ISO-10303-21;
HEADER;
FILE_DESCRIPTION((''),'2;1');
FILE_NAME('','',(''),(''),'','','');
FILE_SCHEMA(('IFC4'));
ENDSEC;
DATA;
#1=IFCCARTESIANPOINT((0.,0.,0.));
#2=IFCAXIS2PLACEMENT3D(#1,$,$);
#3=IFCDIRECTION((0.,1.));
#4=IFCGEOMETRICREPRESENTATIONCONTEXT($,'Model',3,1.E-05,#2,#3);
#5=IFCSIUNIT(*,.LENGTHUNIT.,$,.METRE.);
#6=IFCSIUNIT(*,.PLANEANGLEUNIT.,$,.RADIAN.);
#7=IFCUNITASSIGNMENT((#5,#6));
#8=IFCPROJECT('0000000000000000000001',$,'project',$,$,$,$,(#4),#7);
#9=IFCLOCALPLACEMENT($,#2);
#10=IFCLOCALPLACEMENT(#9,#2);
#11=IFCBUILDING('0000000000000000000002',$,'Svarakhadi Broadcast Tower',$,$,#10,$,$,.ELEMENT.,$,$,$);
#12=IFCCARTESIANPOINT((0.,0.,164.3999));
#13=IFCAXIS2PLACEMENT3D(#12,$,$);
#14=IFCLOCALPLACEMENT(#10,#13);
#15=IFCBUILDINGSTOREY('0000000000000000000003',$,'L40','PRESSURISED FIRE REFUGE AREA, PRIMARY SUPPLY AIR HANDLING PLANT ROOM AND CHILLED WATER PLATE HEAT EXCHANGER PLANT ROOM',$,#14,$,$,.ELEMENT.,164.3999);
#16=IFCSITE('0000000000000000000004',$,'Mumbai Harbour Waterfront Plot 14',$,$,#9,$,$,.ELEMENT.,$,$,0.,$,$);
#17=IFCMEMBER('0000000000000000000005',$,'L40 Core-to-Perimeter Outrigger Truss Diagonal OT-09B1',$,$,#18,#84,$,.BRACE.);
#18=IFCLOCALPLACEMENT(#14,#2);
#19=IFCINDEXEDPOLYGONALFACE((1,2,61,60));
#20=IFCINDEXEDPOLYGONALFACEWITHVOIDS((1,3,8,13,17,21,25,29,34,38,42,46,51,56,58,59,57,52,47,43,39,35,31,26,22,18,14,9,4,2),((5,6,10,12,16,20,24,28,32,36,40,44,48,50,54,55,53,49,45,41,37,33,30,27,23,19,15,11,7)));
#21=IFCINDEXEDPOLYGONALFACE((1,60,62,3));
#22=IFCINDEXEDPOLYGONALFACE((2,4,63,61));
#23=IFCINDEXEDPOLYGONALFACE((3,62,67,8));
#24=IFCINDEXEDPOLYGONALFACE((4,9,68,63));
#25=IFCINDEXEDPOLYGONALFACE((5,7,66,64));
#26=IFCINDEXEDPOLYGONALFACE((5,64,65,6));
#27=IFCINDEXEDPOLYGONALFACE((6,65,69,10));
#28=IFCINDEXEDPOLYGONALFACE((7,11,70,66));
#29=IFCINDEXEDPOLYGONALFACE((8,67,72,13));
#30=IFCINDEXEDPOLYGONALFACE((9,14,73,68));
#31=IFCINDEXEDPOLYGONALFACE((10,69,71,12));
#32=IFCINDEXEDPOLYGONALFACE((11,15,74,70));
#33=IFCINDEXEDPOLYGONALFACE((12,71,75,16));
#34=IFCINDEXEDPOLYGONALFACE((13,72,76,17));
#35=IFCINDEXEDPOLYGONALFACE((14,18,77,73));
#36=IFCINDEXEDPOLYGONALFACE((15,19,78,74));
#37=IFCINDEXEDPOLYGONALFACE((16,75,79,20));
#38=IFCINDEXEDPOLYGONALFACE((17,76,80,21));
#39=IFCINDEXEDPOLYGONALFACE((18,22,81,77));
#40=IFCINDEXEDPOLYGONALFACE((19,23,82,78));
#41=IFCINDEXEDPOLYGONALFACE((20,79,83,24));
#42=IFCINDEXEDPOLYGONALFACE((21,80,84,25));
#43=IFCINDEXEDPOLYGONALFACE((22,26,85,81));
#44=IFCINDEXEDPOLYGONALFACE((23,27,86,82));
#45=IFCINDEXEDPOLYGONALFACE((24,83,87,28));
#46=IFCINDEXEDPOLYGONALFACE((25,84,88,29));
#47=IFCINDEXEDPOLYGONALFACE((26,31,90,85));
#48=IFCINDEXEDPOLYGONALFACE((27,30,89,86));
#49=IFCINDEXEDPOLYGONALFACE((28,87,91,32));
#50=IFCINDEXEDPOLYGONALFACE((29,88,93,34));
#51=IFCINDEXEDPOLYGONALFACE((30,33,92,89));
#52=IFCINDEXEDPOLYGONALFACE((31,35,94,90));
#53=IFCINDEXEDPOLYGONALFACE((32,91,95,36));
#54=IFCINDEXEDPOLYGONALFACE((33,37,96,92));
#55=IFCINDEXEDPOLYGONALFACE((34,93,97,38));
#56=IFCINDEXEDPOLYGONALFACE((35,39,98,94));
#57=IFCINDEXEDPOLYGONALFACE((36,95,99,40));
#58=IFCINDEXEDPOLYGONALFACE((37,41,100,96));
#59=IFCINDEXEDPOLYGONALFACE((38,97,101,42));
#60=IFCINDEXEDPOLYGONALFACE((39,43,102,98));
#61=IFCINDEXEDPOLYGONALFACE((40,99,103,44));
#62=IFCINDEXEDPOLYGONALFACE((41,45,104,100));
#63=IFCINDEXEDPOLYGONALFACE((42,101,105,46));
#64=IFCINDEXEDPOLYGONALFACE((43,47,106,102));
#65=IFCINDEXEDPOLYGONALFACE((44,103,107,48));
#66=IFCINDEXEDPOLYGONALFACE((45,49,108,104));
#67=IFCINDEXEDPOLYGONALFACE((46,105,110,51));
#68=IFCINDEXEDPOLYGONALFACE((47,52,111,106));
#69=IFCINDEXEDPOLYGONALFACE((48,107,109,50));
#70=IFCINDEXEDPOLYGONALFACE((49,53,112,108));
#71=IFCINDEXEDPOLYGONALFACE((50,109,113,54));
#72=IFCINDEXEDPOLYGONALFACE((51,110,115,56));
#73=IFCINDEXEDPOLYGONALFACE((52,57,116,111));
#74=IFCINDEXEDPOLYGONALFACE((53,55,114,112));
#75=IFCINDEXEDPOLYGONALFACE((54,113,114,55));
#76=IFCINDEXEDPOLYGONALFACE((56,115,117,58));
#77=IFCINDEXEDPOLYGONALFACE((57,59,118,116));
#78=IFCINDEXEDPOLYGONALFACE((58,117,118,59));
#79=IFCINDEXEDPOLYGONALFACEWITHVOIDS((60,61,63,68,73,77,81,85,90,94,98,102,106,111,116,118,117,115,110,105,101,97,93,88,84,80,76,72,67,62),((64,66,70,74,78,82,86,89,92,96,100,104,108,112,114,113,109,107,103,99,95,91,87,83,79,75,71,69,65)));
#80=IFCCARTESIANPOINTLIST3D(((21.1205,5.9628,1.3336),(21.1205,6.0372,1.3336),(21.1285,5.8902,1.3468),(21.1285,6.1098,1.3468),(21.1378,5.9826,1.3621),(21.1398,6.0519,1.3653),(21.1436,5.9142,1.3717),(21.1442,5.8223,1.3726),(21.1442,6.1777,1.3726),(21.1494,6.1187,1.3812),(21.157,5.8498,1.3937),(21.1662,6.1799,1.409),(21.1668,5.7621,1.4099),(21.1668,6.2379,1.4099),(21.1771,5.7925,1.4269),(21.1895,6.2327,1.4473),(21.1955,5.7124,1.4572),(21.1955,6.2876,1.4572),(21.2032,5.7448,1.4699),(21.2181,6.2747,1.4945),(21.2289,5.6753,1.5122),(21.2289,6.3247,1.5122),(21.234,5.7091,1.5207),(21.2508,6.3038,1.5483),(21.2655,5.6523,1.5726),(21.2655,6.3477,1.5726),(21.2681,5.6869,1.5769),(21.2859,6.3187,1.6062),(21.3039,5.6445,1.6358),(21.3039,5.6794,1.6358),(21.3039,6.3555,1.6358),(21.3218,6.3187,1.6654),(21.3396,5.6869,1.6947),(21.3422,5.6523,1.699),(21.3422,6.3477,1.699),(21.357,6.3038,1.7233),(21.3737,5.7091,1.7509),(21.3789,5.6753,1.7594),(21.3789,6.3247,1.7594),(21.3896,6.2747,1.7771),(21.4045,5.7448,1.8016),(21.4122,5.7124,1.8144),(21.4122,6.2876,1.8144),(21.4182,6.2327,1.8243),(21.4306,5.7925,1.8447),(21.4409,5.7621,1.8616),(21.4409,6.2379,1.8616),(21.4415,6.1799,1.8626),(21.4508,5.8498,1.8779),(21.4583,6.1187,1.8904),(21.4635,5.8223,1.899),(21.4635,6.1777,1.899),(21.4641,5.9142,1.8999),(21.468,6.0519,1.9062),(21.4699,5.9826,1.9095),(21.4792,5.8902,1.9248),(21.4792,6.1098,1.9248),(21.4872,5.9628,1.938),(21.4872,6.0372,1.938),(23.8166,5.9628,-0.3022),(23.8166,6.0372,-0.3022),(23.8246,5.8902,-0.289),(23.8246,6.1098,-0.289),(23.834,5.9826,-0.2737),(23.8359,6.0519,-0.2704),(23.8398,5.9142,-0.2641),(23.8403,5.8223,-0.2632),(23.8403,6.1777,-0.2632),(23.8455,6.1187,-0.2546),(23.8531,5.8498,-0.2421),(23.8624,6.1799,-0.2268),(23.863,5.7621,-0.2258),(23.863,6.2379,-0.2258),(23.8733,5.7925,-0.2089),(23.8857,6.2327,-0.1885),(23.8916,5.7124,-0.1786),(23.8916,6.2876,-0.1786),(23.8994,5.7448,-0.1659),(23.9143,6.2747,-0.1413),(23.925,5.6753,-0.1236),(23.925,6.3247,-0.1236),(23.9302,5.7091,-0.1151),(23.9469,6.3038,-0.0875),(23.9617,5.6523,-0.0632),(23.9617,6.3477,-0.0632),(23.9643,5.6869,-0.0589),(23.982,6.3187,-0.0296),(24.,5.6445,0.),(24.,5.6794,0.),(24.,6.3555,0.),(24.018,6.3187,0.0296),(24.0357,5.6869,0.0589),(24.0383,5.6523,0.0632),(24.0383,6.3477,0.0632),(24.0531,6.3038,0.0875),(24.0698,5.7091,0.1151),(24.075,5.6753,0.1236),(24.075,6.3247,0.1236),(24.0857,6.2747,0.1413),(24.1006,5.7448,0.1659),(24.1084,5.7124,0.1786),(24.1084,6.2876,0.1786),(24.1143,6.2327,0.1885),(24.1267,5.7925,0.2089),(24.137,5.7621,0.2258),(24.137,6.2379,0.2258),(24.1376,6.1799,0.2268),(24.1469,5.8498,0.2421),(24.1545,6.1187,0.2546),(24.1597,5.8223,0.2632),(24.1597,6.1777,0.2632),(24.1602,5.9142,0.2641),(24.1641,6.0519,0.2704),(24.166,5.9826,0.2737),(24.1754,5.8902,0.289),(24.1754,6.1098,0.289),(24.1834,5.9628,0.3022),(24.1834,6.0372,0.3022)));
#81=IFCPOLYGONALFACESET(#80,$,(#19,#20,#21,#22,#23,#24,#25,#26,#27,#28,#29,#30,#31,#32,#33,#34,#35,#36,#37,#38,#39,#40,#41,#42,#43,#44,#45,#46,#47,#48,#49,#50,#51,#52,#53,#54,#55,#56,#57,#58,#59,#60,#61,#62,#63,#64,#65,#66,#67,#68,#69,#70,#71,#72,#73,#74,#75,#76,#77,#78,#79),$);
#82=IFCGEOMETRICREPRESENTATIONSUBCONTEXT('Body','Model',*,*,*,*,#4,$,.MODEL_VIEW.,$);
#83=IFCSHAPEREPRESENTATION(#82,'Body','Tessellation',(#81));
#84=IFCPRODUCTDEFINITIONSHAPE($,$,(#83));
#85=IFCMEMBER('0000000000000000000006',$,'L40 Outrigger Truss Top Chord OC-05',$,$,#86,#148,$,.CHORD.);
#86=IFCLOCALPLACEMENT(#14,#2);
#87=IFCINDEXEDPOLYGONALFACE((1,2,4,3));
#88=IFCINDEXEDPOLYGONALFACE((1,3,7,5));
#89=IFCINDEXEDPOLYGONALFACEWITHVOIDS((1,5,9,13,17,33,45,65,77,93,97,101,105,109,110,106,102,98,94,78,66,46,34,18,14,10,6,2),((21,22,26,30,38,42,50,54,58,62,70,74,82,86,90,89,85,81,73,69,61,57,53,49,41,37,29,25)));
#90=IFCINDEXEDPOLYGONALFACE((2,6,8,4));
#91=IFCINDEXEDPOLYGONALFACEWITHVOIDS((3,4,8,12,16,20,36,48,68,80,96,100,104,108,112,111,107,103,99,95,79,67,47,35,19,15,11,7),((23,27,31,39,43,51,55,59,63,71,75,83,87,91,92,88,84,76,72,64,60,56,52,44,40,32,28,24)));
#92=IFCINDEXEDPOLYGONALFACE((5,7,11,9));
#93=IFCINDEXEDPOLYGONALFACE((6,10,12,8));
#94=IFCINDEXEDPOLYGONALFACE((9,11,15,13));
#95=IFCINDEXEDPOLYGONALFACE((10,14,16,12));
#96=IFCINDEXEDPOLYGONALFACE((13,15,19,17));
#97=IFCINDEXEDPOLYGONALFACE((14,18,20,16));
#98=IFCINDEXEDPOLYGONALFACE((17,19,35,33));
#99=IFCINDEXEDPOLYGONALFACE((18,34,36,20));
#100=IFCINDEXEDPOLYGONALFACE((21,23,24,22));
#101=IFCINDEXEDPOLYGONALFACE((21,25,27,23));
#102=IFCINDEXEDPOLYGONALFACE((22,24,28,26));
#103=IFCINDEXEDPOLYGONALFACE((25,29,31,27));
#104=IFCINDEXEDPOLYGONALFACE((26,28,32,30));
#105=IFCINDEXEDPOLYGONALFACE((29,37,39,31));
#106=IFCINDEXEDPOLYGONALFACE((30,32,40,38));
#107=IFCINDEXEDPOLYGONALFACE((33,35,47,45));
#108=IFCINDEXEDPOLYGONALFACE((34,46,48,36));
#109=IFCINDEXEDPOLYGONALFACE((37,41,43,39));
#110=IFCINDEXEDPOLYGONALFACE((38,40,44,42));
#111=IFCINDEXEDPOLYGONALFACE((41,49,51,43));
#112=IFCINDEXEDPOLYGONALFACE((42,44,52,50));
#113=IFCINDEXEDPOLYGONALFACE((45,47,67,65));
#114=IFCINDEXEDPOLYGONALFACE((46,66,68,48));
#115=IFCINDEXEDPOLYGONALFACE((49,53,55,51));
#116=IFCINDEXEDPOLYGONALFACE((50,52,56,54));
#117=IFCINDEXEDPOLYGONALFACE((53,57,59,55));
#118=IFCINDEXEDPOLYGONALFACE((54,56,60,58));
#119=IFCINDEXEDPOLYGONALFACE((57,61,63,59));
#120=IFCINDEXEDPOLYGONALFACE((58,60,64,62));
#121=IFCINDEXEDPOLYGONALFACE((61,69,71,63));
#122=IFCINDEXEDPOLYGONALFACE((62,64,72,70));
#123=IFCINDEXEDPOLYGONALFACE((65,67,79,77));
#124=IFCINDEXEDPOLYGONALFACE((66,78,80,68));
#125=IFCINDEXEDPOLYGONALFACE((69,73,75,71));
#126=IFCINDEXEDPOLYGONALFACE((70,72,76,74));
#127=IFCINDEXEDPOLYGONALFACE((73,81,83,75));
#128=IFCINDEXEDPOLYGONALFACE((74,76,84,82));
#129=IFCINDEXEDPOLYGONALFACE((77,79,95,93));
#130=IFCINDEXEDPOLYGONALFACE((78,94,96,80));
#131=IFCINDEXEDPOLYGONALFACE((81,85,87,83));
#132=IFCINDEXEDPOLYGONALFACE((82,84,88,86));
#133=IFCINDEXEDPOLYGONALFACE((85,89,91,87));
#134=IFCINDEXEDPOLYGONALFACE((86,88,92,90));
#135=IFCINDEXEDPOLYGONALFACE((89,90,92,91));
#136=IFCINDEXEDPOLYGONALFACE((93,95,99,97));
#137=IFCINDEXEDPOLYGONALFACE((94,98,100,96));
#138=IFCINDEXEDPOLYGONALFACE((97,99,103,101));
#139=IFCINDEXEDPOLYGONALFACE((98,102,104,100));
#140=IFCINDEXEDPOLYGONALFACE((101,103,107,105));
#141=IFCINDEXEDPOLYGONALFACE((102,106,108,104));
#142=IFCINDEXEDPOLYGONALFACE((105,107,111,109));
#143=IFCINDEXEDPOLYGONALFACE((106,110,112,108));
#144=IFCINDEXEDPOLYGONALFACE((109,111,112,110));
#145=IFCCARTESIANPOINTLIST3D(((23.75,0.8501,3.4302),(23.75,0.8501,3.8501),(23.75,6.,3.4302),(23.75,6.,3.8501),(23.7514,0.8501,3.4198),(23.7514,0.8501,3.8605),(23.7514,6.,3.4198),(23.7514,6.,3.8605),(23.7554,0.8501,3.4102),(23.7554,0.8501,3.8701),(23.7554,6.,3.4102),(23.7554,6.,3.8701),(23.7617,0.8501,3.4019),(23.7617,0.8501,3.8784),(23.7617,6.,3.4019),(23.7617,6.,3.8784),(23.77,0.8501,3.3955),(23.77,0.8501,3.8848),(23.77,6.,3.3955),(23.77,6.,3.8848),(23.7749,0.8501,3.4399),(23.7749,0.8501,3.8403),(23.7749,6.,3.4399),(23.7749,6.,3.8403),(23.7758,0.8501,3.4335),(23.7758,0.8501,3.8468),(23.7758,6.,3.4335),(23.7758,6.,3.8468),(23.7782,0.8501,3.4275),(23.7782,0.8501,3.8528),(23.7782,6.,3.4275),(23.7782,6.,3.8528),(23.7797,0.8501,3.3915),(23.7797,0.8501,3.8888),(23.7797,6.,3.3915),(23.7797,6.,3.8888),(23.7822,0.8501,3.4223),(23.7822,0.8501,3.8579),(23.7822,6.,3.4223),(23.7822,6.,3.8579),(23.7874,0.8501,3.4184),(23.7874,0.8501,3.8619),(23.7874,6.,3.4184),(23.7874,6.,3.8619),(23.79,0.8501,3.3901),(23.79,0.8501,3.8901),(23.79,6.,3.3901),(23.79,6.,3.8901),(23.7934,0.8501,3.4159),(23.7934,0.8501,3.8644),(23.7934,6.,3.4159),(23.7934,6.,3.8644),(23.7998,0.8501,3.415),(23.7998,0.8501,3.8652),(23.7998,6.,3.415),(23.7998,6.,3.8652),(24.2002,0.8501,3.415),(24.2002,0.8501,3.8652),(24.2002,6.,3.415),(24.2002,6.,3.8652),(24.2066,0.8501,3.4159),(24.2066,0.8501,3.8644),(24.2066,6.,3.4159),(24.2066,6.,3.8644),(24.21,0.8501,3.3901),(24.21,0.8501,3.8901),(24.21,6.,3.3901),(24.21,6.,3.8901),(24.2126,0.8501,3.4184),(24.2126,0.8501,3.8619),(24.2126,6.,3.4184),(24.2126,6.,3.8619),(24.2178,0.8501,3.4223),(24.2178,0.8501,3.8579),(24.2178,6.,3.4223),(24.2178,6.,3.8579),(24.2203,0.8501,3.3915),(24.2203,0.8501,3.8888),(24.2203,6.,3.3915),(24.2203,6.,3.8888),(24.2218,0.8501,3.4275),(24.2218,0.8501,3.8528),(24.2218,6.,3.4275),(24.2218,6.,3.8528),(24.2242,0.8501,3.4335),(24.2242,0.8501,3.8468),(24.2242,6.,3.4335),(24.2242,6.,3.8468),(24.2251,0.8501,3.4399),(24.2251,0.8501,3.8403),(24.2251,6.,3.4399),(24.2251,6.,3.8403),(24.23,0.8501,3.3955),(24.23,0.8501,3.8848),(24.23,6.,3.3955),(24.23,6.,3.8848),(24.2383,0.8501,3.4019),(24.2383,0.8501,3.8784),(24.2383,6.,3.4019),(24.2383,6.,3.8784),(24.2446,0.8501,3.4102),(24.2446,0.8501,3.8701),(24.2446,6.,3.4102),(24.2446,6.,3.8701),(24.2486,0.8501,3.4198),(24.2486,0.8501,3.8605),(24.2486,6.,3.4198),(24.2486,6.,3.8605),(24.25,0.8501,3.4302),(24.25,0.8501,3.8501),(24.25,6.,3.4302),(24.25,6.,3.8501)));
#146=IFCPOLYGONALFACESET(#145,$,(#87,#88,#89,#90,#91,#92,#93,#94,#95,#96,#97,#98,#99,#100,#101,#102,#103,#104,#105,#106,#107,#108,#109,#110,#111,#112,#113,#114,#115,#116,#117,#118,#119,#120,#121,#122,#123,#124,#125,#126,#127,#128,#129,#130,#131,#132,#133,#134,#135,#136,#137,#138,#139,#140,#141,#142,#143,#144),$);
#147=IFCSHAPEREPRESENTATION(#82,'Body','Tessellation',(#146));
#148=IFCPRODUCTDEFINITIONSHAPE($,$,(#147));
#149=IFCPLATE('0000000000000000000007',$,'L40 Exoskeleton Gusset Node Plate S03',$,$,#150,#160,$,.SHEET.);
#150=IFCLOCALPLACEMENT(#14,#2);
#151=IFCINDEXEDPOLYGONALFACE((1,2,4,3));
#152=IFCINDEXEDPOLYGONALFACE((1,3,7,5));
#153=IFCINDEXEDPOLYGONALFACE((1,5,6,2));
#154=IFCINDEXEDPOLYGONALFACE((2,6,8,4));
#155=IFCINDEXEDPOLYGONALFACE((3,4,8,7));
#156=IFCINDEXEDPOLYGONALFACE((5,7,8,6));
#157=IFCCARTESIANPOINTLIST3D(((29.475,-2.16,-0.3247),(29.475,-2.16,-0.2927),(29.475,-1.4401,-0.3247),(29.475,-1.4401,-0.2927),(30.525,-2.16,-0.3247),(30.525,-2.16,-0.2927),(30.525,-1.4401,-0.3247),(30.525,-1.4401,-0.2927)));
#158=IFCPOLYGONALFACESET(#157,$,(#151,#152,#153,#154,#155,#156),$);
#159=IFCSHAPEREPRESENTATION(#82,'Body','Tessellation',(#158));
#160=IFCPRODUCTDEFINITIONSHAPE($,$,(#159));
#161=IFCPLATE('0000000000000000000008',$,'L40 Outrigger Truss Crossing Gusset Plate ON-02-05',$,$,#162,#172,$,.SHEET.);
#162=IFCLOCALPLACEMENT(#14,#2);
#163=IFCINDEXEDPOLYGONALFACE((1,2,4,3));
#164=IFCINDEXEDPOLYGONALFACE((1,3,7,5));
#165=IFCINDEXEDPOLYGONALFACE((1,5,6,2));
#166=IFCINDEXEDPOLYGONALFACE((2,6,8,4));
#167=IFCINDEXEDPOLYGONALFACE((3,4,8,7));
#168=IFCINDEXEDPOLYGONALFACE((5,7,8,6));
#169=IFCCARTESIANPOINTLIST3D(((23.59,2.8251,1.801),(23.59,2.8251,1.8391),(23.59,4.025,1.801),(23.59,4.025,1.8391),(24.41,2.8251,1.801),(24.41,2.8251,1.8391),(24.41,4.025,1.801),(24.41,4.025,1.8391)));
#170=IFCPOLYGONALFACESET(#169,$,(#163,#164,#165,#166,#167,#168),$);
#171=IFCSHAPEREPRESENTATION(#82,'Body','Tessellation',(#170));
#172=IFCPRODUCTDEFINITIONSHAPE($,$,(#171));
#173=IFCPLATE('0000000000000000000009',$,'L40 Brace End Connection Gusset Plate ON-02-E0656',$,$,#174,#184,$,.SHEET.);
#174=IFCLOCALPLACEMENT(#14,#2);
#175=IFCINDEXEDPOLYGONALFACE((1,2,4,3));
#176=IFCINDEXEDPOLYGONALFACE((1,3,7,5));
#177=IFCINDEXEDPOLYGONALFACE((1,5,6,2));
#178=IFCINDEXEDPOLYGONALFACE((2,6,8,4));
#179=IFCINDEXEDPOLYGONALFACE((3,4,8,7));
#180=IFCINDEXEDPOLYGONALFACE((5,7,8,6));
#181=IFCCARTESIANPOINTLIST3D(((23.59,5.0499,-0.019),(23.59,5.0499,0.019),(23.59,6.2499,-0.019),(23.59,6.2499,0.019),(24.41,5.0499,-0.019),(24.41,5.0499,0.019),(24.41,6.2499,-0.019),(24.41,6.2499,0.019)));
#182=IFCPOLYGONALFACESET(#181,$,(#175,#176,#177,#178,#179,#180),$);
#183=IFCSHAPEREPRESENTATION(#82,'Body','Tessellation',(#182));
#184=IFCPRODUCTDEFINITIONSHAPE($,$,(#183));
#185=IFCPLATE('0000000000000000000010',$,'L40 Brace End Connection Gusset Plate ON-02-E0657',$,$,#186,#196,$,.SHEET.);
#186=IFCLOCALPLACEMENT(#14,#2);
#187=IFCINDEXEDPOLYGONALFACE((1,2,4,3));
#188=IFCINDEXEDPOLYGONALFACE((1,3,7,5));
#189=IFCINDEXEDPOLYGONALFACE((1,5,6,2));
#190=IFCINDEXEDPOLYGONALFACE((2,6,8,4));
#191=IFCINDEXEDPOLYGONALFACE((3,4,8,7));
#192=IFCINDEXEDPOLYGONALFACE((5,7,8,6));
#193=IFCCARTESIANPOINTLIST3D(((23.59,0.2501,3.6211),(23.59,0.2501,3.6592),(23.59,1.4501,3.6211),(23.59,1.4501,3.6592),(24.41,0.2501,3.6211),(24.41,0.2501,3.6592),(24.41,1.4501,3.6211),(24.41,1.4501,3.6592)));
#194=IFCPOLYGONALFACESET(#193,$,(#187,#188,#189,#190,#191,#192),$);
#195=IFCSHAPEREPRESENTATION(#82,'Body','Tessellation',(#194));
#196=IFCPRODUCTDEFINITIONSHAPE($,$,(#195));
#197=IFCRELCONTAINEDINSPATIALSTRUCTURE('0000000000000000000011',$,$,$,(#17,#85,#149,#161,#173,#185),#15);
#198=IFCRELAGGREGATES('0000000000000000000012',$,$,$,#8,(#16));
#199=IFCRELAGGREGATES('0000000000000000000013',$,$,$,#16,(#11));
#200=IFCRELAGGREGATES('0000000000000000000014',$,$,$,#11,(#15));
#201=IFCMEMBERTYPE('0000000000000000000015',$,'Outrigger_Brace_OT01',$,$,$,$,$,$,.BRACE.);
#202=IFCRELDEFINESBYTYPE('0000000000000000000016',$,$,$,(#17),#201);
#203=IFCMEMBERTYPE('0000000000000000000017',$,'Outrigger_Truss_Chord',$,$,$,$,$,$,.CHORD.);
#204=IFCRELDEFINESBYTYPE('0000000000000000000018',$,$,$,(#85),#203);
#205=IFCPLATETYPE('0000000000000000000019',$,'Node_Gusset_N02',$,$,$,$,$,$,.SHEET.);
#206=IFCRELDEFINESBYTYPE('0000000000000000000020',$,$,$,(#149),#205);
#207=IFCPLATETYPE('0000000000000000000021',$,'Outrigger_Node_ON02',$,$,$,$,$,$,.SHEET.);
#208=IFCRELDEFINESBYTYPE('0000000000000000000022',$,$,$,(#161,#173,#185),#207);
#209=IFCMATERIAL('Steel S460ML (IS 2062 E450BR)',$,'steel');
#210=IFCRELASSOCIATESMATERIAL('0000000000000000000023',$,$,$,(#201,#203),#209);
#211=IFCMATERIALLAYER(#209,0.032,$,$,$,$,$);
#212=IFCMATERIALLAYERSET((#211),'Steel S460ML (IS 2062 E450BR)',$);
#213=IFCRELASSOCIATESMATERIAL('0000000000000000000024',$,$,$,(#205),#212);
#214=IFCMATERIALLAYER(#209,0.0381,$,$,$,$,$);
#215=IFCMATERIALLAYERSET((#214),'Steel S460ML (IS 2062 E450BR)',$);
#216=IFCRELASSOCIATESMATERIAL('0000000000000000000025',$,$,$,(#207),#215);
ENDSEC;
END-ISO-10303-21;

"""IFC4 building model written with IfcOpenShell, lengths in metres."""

from ifc_helpers import new_model, si_unit, direction, frame, origin, origin_2d, place, context, subcontext, project, spatial, rectangle, hollow_rectangle, hollow_circle, extrude, material, layer, layer_set, material_profile, profile_set, type_object, element, save


model = new_model("IFC4")

# Units and contexts
model_context = context("Model", 3, precision=1e-05, world=origin(), true_north=direction((0.0, 1.0)))
body_context = subcontext(model_context, "Body", "Model", "MODEL_VIEW")
ifc_project = project(units=[si_unit("LENGTHUNIT", "METRE"), si_unit("PLANEANGLEUNIT", "RADIAN")], contexts=[model_context])

# Site, building, storey
site_placement = place(None, origin())
site = spatial("IfcSite", under=ifc_project, at=site_placement, Name="Mumbai Harbour Waterfront Plot 14", CompositionType="ELEMENT", RefElevation=0.0)
building_placement = place(site_placement, origin())
building = spatial("IfcBuilding", under=site, at=building_placement, Name="Svarakhadi Broadcast Tower", CompositionType="ELEMENT")
storey_placement = place(building_placement, frame((0.0, 0.0, 164.3999)))
storey = spatial("IfcBuildingStorey", under=building, at=storey_placement, Name="L40", Description="PRESSURISED FIRE REFUGE AREA, PRIMARY SUPPLY AIR HANDLING PLANT ROOM AND CHILLED WATER PLATE HEAT EXCHANGER PLANT ROOM", CompositionType="ELEMENT", Elevation=164.3999)

# Shared definitions
ifc_material_1 = material(Name="Steel S460ML (IS 2062 E450BR)", Category="steel")

# Members
ifc_material_profile_1 = material_profile(ifc_material_1, hollow_circle(Radius=0.3555, WallThickness=0.0349, at=origin_2d()), Name="CHS 711x35")
ifc_profile_set_1 = profile_set([ifc_material_profile_1], Name="Steel S460ML (IS 2062 E450BR)")
member_type_1 = type_object("IfcMemberType", Name="Outrigger_Brace_OT01", PredefinedType="BRACE", material=ifc_profile_set_1)
member_1_placement = place(storey_placement, frame((24.0, 6.0, 0.0), z_axis=(-0.854948, 0.0, 0.518713), x_axis=(0.0, -1.0, 0.0)))
element("IfcMember", 1, at=member_1_placement, inside=storey, type_object=member_type_1, Name="L40 Core-to-Perimeter Outrigger Truss Diagonal OT-09B1", PredefinedType="BRACE", context=body_context, shape_type="SweptSolid", body=[
    extrude(hollow_circle(Radius=0.3555, WallThickness=0.0349, at=origin_2d()), origin(), (0.0, 0.0, 1.0), 3.1536),
])
ifc_material_profile_2 = material_profile(ifc_material_1, hollow_rectangle(XDim=0.5, YDim=0.5, WallThickness=0.0249, InnerFilletRadius=0.0249, OuterFilletRadius=0.04, at=origin_2d()), Name="SHS 500x500x25")
ifc_profile_set_2 = profile_set([ifc_material_profile_2], Name="Steel S460ML (IS 2062 E450BR)")
member_type_2 = type_object("IfcMemberType", Name="Outrigger_Truss_Chord", PredefinedType="CHORD", material=ifc_profile_set_2)
member_2_placement = place(storey_placement, frame((24.0, 6.0, 3.6401), z_axis=(0.0, -1.0, 0.0), x_axis=(1.0, 0.0, 0.0)))
element("IfcMember", 2, at=member_2_placement, inside=storey, type_object=member_type_2, Name="L40 Outrigger Truss Top Chord OC-05", PredefinedType="CHORD", context=body_context, shape_type="SweptSolid", body=[
    extrude(hollow_rectangle(XDim=0.5, YDim=0.5, WallThickness=0.0249, InnerFilletRadius=0.0249, OuterFilletRadius=0.04, at=origin_2d()), origin(), (0.0, 0.0, 1.0), 5.1499),
])

# Plates
ifc_layer_1 = layer(ifc_material_1, 0.032)
ifc_layer_set_1 = layer_set([ifc_layer_1], Name="Steel S460ML (IS 2062 E450BR)")
plate_type_1 = type_object("IfcPlateType", Name="Node_Gusset_N02", PredefinedType="SHEET", material=ifc_layer_set_1)
plate_placement = place(storey_placement, frame((30.0, -1.8, -0.3247), z_axis=(0.0, 0.0, 1.0), x_axis=(1.0, 0.0, 0.0)))
element("IfcPlate", 3, at=plate_placement, inside=storey, type_object=plate_type_1, Name="L40 Exoskeleton Gusset Node Plate S03", PredefinedType="SHEET", context=body_context, shape_type="SweptSolid", body=[
    extrude(rectangle(XDim=1.05, YDim=0.72, at=origin_2d()), origin(), (0.0, 0.0, 1.0), 0.032),
])
ifc_layer_2 = layer(ifc_material_1, 0.0381)
ifc_layer_set_2 = layer_set([ifc_layer_2], Name="Steel S460ML (IS 2062 E450BR)")
plate_type_2 = type_object("IfcPlateType", Name="Outrigger_Node_ON02", PredefinedType="SHEET", material=ifc_layer_set_2)
for number, where, z_axis, x_axis, name in (
    (4, (24.0, 3.425, 1.801), (0.0, 0.0, 1.0), (0.0, 1.0, 0.0), "L40 Outrigger Truss Crossing Gusset Plate ON-02-05"),
    (5, (24.0, 5.6499, -0.019), (0.0, 0.0, 1.0), (0.0, 1.0, 0.0), "L40 Brace End Connection Gusset Plate ON-02-E0656"),
    (6, (24.0, 0.8501, 3.6211), (0.0, 0.0, 1.0), (0.0, 1.0, 0.0), "L40 Brace End Connection Gusset Plate ON-02-E0657"),
):
    element("IfcPlate", number, at=place(storey_placement, frame(where, z_axis=z_axis, x_axis=x_axis)), inside=storey, type_object=plate_type_2, Name=name, PredefinedType="SHEET", context=body_context, shape_type="SweptSolid", body=[
        extrude(rectangle(XDim=1.2, YDim=0.8201, at=origin_2d()), origin(), (0.0, 0.0, 1.0), 0.0381),
    ])

save(model, "model.ifc")
